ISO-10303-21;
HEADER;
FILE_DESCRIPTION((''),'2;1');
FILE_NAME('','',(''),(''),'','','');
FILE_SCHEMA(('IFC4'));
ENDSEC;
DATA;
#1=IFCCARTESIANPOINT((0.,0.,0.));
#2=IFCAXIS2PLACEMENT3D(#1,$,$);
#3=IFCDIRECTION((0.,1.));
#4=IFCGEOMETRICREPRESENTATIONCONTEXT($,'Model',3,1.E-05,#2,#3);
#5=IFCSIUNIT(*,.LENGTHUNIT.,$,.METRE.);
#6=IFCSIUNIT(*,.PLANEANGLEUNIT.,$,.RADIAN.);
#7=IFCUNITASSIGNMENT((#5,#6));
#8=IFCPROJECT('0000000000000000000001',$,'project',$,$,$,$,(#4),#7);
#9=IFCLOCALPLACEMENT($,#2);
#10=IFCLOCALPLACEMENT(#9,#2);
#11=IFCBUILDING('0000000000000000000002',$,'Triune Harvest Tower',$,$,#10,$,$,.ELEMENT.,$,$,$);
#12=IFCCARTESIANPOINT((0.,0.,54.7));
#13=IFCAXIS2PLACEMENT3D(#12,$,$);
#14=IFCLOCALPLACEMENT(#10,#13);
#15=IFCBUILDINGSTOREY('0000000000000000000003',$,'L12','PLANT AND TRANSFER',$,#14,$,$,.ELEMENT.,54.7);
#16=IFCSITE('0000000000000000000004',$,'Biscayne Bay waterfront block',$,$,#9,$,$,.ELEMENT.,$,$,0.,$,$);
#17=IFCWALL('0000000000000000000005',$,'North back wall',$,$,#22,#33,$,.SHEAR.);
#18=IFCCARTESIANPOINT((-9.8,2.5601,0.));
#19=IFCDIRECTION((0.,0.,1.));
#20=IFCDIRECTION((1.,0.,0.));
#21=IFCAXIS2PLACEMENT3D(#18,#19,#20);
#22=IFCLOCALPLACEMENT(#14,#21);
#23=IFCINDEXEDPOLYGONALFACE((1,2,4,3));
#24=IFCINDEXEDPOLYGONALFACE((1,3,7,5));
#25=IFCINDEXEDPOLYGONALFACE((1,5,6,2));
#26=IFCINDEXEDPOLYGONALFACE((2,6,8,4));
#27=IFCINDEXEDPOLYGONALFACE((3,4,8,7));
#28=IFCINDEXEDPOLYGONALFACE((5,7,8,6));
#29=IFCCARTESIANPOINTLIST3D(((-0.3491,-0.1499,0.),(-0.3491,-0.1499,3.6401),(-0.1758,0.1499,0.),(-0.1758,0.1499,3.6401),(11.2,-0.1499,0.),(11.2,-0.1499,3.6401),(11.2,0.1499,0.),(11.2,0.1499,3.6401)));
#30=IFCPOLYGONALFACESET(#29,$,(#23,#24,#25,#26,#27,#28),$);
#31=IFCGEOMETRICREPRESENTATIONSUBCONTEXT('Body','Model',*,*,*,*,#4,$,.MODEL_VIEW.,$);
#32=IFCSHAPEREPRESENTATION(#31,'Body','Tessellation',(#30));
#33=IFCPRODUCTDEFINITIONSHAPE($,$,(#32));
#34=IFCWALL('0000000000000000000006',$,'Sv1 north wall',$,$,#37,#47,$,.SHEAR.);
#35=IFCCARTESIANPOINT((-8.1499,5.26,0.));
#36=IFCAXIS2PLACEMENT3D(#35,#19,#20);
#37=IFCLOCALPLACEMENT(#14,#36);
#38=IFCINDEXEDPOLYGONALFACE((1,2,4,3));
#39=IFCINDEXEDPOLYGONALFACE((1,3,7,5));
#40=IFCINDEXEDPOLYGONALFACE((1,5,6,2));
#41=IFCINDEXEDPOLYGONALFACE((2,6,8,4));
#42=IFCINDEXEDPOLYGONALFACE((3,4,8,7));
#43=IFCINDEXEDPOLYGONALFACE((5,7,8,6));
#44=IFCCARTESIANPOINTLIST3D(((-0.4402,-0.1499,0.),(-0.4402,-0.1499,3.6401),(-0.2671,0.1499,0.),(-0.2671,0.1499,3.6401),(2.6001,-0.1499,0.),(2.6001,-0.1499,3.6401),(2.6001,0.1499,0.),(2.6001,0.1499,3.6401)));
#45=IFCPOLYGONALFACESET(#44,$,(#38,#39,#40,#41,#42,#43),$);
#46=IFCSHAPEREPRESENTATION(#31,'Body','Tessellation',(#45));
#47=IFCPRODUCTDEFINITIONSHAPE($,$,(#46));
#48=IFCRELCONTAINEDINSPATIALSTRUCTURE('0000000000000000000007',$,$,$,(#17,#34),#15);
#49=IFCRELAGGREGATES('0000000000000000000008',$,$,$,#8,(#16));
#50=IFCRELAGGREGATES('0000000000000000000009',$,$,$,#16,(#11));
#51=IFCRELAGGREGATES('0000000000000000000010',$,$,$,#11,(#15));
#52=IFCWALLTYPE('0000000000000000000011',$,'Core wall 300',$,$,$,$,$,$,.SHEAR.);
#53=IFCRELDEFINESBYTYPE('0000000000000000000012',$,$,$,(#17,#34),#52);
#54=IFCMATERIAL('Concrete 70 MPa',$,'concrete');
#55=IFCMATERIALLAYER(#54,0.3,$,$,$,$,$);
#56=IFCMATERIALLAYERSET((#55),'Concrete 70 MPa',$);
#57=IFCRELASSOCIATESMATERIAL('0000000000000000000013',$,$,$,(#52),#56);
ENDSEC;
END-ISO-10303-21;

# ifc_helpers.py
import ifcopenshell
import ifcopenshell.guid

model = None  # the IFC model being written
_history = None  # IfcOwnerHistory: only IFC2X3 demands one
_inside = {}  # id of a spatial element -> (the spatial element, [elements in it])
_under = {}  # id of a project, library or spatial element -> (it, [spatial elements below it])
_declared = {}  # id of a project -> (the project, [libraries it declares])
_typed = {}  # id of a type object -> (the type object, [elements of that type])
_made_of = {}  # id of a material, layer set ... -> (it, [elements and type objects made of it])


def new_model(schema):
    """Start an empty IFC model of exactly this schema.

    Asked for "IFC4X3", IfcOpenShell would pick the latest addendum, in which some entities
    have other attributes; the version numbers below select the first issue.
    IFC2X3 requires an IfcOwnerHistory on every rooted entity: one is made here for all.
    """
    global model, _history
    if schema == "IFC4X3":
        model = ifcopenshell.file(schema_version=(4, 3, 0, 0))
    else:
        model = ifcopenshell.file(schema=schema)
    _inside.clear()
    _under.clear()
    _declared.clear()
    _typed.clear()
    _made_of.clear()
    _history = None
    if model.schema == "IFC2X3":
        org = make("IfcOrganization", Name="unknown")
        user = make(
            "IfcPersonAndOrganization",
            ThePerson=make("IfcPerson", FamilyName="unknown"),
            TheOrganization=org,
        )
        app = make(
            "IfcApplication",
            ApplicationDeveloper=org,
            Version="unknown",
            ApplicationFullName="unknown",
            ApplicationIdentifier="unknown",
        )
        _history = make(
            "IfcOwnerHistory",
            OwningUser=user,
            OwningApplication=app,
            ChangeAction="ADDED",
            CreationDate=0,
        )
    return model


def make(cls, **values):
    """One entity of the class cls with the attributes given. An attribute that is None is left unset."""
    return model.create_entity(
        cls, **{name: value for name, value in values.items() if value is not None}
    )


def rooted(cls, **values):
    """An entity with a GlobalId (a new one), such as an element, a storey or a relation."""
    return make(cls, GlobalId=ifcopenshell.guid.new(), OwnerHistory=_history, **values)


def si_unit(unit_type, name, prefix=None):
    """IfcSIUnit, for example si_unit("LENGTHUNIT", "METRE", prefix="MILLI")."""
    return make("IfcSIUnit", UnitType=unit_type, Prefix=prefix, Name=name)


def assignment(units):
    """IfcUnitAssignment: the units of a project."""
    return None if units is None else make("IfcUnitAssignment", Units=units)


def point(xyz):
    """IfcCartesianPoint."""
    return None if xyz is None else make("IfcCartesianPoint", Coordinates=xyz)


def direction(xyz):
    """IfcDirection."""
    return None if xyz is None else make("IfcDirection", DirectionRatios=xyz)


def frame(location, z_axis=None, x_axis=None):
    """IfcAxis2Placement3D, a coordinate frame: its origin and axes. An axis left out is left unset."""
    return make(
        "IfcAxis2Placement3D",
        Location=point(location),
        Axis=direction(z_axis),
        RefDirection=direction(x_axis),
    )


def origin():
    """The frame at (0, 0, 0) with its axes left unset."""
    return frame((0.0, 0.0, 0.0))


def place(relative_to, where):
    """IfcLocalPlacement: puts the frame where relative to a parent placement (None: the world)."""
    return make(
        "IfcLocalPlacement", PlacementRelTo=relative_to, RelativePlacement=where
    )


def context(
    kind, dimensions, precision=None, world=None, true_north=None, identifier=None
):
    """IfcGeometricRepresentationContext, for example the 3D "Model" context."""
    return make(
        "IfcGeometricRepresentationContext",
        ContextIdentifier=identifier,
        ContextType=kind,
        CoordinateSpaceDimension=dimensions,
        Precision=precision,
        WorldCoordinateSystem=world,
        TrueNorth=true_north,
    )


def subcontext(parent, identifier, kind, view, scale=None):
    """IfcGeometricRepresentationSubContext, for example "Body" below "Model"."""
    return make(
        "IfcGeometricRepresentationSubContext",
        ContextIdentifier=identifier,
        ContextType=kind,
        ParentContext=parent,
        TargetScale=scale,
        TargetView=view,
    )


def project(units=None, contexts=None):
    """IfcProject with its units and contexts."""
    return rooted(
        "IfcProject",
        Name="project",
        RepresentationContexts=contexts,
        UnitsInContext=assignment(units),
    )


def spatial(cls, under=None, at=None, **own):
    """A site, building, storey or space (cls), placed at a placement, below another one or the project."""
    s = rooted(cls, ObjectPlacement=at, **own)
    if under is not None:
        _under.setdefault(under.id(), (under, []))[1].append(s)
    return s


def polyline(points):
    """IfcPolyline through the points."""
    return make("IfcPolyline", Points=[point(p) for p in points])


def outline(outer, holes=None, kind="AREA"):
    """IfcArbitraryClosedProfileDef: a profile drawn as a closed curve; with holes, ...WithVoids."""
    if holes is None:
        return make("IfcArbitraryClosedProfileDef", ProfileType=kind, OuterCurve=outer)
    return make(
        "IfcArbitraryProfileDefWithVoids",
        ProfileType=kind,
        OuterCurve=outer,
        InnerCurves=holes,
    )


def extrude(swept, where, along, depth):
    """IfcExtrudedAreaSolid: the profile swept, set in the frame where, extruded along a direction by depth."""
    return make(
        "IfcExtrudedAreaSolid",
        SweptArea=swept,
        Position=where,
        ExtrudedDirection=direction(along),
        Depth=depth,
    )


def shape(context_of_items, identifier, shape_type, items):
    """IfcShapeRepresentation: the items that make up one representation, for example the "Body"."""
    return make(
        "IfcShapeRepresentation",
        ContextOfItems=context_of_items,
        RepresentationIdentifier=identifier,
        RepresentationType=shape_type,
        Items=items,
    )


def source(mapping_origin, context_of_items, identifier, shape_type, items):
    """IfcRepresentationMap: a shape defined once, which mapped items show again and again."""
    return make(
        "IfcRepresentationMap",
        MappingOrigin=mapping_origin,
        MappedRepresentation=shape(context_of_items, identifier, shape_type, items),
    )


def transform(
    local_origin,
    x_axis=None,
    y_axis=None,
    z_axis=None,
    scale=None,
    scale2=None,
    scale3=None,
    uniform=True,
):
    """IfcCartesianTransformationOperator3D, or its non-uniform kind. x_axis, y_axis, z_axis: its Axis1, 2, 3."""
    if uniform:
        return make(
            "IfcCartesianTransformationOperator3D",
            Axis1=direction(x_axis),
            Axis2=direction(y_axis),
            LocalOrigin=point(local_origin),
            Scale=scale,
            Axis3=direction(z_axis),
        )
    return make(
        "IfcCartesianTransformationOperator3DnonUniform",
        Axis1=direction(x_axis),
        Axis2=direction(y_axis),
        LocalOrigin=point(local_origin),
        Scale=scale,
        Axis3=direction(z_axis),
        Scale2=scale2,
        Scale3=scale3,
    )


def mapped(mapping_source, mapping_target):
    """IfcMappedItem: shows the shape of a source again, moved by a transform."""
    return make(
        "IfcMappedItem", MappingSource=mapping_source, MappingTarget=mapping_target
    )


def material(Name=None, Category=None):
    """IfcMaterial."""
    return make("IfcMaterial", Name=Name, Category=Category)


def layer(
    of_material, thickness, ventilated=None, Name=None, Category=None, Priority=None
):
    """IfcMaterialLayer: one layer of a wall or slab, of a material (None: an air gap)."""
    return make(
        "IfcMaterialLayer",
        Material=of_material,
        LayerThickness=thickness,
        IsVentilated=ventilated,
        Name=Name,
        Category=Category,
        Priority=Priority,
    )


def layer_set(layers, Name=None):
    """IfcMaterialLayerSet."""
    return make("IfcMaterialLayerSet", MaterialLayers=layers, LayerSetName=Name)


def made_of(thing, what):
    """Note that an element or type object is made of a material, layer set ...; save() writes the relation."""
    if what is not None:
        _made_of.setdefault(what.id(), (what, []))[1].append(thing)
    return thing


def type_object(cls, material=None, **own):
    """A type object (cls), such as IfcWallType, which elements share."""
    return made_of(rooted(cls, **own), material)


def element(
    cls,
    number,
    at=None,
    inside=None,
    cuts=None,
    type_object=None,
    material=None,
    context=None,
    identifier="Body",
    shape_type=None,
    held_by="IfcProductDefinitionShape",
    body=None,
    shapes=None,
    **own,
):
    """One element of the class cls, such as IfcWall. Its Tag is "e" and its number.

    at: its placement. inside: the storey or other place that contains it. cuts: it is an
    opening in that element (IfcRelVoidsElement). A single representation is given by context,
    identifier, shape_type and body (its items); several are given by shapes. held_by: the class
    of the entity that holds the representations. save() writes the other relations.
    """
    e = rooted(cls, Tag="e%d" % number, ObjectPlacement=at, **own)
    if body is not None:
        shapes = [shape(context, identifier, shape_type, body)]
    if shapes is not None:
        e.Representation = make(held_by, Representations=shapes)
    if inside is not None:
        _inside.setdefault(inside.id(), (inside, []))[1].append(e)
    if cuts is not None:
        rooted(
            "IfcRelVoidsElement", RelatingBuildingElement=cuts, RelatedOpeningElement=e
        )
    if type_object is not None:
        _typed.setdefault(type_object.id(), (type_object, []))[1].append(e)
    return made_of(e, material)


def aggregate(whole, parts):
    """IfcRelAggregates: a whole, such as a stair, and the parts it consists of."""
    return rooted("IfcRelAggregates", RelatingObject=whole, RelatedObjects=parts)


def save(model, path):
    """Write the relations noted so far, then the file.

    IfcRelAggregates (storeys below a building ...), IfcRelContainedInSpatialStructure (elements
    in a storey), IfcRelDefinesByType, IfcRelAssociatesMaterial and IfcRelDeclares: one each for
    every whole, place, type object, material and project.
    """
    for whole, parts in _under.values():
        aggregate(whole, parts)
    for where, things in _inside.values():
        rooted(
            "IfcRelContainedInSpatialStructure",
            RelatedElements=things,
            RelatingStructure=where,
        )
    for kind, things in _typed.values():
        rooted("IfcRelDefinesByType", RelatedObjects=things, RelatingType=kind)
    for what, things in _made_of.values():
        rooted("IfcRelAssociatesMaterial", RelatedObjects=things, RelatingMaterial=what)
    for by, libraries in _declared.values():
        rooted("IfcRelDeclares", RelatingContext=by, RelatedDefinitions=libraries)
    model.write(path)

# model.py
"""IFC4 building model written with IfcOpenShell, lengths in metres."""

from ifc_helpers import new_model, si_unit, direction, frame, origin, place, context, subcontext, project, spatial, polyline, outline, extrude, source, transform, mapped, material, layer, layer_set, type_object, element, save


model = new_model("IFC4")

# Units and contexts
model_context = context("Model", 3, precision=1e-05, world=origin(), true_north=direction((0.0, 1.0)))
body_context = subcontext(model_context, "Body", "Model", "MODEL_VIEW")
ifc_project = project(units=[si_unit("LENGTHUNIT", "METRE"), si_unit("PLANEANGLEUNIT", "RADIAN")], contexts=[model_context])

# Site, building, storey
site_placement = place(None, origin())
site = spatial("IfcSite", under=ifc_project, at=site_placement, Name="Biscayne Bay waterfront block", CompositionType="ELEMENT", RefElevation=0.0)
building_placement = place(site_placement, origin())
building = spatial("IfcBuilding", under=site, at=building_placement, Name="Triune Harvest Tower", CompositionType="ELEMENT")
storey_placement = place(building_placement, frame((0.0, 0.0, 54.7)))
storey = spatial("IfcBuildingStorey", under=building, at=storey_placement, Name="L12", Description="PLANT AND TRANSFER", CompositionType="ELEMENT", Elevation=54.7)

# Shared definitions
ifc_material_1 = material(Name="Concrete 70 MPa", Category="concrete")
ifc_layer = layer(ifc_material_1, 0.3)
ifc_layer_set = layer_set([ifc_layer], Name="Concrete 70 MPa")
wall_type = type_object("IfcWallType", Name="Core wall 300", PredefinedType="SHEAR", material=ifc_layer_set)

# Wall
shared_shape_1 = source(origin(), body_context, "Body", "SweptSolid", [
    extrude(outline(polyline([(11.2, -0.1499), (-0.3491, -0.1499), (-0.1758, 0.1499), (11.2, 0.1499), (11.2, -0.1499)])), origin(), (0.0, 0.0, 1.0), 3.6401),
])
wall_1_placement = place(storey_placement, frame((-9.8, 2.5601, 0.0), z_axis=(0.0, 0.0, 1.0), x_axis=(1.0, 0.0, 0.0)))
element("IfcWall", 1, at=wall_1_placement, inside=storey, type_object=wall_type, Name="North back wall", PredefinedType="SHEAR", context=body_context, shape_type="MappedRepresentation", body=[
    mapped(shared_shape_1, transform((0.0, 0.0, 0.0), scale=1.0)),
])

# Wall
shared_shape_2 = source(origin(), body_context, "Body", "SweptSolid", [
    extrude(outline(polyline([(2.6001, -0.1499), (-0.4402, -0.1499), (-0.2671, 0.1499), (2.6001, 0.1499), (2.6001, -0.1499)])), origin(), (0.0, 0.0, 1.0), 3.6401),
])
wall_2_placement = place(storey_placement, frame((-8.1499, 5.26, 0.0), z_axis=(0.0, 0.0, 1.0), x_axis=(1.0, 0.0, 0.0)))
element("IfcWall", 2, at=wall_2_placement, inside=storey, type_object=wall_type, Name="Sv1 north wall", PredefinedType="SHEAR", context=body_context, shape_type="MappedRepresentation", body=[
    mapped(shared_shape_2, transform((0.0, 0.0, 0.0), scale=1.0)),
])

save(model, "model.ifc")
